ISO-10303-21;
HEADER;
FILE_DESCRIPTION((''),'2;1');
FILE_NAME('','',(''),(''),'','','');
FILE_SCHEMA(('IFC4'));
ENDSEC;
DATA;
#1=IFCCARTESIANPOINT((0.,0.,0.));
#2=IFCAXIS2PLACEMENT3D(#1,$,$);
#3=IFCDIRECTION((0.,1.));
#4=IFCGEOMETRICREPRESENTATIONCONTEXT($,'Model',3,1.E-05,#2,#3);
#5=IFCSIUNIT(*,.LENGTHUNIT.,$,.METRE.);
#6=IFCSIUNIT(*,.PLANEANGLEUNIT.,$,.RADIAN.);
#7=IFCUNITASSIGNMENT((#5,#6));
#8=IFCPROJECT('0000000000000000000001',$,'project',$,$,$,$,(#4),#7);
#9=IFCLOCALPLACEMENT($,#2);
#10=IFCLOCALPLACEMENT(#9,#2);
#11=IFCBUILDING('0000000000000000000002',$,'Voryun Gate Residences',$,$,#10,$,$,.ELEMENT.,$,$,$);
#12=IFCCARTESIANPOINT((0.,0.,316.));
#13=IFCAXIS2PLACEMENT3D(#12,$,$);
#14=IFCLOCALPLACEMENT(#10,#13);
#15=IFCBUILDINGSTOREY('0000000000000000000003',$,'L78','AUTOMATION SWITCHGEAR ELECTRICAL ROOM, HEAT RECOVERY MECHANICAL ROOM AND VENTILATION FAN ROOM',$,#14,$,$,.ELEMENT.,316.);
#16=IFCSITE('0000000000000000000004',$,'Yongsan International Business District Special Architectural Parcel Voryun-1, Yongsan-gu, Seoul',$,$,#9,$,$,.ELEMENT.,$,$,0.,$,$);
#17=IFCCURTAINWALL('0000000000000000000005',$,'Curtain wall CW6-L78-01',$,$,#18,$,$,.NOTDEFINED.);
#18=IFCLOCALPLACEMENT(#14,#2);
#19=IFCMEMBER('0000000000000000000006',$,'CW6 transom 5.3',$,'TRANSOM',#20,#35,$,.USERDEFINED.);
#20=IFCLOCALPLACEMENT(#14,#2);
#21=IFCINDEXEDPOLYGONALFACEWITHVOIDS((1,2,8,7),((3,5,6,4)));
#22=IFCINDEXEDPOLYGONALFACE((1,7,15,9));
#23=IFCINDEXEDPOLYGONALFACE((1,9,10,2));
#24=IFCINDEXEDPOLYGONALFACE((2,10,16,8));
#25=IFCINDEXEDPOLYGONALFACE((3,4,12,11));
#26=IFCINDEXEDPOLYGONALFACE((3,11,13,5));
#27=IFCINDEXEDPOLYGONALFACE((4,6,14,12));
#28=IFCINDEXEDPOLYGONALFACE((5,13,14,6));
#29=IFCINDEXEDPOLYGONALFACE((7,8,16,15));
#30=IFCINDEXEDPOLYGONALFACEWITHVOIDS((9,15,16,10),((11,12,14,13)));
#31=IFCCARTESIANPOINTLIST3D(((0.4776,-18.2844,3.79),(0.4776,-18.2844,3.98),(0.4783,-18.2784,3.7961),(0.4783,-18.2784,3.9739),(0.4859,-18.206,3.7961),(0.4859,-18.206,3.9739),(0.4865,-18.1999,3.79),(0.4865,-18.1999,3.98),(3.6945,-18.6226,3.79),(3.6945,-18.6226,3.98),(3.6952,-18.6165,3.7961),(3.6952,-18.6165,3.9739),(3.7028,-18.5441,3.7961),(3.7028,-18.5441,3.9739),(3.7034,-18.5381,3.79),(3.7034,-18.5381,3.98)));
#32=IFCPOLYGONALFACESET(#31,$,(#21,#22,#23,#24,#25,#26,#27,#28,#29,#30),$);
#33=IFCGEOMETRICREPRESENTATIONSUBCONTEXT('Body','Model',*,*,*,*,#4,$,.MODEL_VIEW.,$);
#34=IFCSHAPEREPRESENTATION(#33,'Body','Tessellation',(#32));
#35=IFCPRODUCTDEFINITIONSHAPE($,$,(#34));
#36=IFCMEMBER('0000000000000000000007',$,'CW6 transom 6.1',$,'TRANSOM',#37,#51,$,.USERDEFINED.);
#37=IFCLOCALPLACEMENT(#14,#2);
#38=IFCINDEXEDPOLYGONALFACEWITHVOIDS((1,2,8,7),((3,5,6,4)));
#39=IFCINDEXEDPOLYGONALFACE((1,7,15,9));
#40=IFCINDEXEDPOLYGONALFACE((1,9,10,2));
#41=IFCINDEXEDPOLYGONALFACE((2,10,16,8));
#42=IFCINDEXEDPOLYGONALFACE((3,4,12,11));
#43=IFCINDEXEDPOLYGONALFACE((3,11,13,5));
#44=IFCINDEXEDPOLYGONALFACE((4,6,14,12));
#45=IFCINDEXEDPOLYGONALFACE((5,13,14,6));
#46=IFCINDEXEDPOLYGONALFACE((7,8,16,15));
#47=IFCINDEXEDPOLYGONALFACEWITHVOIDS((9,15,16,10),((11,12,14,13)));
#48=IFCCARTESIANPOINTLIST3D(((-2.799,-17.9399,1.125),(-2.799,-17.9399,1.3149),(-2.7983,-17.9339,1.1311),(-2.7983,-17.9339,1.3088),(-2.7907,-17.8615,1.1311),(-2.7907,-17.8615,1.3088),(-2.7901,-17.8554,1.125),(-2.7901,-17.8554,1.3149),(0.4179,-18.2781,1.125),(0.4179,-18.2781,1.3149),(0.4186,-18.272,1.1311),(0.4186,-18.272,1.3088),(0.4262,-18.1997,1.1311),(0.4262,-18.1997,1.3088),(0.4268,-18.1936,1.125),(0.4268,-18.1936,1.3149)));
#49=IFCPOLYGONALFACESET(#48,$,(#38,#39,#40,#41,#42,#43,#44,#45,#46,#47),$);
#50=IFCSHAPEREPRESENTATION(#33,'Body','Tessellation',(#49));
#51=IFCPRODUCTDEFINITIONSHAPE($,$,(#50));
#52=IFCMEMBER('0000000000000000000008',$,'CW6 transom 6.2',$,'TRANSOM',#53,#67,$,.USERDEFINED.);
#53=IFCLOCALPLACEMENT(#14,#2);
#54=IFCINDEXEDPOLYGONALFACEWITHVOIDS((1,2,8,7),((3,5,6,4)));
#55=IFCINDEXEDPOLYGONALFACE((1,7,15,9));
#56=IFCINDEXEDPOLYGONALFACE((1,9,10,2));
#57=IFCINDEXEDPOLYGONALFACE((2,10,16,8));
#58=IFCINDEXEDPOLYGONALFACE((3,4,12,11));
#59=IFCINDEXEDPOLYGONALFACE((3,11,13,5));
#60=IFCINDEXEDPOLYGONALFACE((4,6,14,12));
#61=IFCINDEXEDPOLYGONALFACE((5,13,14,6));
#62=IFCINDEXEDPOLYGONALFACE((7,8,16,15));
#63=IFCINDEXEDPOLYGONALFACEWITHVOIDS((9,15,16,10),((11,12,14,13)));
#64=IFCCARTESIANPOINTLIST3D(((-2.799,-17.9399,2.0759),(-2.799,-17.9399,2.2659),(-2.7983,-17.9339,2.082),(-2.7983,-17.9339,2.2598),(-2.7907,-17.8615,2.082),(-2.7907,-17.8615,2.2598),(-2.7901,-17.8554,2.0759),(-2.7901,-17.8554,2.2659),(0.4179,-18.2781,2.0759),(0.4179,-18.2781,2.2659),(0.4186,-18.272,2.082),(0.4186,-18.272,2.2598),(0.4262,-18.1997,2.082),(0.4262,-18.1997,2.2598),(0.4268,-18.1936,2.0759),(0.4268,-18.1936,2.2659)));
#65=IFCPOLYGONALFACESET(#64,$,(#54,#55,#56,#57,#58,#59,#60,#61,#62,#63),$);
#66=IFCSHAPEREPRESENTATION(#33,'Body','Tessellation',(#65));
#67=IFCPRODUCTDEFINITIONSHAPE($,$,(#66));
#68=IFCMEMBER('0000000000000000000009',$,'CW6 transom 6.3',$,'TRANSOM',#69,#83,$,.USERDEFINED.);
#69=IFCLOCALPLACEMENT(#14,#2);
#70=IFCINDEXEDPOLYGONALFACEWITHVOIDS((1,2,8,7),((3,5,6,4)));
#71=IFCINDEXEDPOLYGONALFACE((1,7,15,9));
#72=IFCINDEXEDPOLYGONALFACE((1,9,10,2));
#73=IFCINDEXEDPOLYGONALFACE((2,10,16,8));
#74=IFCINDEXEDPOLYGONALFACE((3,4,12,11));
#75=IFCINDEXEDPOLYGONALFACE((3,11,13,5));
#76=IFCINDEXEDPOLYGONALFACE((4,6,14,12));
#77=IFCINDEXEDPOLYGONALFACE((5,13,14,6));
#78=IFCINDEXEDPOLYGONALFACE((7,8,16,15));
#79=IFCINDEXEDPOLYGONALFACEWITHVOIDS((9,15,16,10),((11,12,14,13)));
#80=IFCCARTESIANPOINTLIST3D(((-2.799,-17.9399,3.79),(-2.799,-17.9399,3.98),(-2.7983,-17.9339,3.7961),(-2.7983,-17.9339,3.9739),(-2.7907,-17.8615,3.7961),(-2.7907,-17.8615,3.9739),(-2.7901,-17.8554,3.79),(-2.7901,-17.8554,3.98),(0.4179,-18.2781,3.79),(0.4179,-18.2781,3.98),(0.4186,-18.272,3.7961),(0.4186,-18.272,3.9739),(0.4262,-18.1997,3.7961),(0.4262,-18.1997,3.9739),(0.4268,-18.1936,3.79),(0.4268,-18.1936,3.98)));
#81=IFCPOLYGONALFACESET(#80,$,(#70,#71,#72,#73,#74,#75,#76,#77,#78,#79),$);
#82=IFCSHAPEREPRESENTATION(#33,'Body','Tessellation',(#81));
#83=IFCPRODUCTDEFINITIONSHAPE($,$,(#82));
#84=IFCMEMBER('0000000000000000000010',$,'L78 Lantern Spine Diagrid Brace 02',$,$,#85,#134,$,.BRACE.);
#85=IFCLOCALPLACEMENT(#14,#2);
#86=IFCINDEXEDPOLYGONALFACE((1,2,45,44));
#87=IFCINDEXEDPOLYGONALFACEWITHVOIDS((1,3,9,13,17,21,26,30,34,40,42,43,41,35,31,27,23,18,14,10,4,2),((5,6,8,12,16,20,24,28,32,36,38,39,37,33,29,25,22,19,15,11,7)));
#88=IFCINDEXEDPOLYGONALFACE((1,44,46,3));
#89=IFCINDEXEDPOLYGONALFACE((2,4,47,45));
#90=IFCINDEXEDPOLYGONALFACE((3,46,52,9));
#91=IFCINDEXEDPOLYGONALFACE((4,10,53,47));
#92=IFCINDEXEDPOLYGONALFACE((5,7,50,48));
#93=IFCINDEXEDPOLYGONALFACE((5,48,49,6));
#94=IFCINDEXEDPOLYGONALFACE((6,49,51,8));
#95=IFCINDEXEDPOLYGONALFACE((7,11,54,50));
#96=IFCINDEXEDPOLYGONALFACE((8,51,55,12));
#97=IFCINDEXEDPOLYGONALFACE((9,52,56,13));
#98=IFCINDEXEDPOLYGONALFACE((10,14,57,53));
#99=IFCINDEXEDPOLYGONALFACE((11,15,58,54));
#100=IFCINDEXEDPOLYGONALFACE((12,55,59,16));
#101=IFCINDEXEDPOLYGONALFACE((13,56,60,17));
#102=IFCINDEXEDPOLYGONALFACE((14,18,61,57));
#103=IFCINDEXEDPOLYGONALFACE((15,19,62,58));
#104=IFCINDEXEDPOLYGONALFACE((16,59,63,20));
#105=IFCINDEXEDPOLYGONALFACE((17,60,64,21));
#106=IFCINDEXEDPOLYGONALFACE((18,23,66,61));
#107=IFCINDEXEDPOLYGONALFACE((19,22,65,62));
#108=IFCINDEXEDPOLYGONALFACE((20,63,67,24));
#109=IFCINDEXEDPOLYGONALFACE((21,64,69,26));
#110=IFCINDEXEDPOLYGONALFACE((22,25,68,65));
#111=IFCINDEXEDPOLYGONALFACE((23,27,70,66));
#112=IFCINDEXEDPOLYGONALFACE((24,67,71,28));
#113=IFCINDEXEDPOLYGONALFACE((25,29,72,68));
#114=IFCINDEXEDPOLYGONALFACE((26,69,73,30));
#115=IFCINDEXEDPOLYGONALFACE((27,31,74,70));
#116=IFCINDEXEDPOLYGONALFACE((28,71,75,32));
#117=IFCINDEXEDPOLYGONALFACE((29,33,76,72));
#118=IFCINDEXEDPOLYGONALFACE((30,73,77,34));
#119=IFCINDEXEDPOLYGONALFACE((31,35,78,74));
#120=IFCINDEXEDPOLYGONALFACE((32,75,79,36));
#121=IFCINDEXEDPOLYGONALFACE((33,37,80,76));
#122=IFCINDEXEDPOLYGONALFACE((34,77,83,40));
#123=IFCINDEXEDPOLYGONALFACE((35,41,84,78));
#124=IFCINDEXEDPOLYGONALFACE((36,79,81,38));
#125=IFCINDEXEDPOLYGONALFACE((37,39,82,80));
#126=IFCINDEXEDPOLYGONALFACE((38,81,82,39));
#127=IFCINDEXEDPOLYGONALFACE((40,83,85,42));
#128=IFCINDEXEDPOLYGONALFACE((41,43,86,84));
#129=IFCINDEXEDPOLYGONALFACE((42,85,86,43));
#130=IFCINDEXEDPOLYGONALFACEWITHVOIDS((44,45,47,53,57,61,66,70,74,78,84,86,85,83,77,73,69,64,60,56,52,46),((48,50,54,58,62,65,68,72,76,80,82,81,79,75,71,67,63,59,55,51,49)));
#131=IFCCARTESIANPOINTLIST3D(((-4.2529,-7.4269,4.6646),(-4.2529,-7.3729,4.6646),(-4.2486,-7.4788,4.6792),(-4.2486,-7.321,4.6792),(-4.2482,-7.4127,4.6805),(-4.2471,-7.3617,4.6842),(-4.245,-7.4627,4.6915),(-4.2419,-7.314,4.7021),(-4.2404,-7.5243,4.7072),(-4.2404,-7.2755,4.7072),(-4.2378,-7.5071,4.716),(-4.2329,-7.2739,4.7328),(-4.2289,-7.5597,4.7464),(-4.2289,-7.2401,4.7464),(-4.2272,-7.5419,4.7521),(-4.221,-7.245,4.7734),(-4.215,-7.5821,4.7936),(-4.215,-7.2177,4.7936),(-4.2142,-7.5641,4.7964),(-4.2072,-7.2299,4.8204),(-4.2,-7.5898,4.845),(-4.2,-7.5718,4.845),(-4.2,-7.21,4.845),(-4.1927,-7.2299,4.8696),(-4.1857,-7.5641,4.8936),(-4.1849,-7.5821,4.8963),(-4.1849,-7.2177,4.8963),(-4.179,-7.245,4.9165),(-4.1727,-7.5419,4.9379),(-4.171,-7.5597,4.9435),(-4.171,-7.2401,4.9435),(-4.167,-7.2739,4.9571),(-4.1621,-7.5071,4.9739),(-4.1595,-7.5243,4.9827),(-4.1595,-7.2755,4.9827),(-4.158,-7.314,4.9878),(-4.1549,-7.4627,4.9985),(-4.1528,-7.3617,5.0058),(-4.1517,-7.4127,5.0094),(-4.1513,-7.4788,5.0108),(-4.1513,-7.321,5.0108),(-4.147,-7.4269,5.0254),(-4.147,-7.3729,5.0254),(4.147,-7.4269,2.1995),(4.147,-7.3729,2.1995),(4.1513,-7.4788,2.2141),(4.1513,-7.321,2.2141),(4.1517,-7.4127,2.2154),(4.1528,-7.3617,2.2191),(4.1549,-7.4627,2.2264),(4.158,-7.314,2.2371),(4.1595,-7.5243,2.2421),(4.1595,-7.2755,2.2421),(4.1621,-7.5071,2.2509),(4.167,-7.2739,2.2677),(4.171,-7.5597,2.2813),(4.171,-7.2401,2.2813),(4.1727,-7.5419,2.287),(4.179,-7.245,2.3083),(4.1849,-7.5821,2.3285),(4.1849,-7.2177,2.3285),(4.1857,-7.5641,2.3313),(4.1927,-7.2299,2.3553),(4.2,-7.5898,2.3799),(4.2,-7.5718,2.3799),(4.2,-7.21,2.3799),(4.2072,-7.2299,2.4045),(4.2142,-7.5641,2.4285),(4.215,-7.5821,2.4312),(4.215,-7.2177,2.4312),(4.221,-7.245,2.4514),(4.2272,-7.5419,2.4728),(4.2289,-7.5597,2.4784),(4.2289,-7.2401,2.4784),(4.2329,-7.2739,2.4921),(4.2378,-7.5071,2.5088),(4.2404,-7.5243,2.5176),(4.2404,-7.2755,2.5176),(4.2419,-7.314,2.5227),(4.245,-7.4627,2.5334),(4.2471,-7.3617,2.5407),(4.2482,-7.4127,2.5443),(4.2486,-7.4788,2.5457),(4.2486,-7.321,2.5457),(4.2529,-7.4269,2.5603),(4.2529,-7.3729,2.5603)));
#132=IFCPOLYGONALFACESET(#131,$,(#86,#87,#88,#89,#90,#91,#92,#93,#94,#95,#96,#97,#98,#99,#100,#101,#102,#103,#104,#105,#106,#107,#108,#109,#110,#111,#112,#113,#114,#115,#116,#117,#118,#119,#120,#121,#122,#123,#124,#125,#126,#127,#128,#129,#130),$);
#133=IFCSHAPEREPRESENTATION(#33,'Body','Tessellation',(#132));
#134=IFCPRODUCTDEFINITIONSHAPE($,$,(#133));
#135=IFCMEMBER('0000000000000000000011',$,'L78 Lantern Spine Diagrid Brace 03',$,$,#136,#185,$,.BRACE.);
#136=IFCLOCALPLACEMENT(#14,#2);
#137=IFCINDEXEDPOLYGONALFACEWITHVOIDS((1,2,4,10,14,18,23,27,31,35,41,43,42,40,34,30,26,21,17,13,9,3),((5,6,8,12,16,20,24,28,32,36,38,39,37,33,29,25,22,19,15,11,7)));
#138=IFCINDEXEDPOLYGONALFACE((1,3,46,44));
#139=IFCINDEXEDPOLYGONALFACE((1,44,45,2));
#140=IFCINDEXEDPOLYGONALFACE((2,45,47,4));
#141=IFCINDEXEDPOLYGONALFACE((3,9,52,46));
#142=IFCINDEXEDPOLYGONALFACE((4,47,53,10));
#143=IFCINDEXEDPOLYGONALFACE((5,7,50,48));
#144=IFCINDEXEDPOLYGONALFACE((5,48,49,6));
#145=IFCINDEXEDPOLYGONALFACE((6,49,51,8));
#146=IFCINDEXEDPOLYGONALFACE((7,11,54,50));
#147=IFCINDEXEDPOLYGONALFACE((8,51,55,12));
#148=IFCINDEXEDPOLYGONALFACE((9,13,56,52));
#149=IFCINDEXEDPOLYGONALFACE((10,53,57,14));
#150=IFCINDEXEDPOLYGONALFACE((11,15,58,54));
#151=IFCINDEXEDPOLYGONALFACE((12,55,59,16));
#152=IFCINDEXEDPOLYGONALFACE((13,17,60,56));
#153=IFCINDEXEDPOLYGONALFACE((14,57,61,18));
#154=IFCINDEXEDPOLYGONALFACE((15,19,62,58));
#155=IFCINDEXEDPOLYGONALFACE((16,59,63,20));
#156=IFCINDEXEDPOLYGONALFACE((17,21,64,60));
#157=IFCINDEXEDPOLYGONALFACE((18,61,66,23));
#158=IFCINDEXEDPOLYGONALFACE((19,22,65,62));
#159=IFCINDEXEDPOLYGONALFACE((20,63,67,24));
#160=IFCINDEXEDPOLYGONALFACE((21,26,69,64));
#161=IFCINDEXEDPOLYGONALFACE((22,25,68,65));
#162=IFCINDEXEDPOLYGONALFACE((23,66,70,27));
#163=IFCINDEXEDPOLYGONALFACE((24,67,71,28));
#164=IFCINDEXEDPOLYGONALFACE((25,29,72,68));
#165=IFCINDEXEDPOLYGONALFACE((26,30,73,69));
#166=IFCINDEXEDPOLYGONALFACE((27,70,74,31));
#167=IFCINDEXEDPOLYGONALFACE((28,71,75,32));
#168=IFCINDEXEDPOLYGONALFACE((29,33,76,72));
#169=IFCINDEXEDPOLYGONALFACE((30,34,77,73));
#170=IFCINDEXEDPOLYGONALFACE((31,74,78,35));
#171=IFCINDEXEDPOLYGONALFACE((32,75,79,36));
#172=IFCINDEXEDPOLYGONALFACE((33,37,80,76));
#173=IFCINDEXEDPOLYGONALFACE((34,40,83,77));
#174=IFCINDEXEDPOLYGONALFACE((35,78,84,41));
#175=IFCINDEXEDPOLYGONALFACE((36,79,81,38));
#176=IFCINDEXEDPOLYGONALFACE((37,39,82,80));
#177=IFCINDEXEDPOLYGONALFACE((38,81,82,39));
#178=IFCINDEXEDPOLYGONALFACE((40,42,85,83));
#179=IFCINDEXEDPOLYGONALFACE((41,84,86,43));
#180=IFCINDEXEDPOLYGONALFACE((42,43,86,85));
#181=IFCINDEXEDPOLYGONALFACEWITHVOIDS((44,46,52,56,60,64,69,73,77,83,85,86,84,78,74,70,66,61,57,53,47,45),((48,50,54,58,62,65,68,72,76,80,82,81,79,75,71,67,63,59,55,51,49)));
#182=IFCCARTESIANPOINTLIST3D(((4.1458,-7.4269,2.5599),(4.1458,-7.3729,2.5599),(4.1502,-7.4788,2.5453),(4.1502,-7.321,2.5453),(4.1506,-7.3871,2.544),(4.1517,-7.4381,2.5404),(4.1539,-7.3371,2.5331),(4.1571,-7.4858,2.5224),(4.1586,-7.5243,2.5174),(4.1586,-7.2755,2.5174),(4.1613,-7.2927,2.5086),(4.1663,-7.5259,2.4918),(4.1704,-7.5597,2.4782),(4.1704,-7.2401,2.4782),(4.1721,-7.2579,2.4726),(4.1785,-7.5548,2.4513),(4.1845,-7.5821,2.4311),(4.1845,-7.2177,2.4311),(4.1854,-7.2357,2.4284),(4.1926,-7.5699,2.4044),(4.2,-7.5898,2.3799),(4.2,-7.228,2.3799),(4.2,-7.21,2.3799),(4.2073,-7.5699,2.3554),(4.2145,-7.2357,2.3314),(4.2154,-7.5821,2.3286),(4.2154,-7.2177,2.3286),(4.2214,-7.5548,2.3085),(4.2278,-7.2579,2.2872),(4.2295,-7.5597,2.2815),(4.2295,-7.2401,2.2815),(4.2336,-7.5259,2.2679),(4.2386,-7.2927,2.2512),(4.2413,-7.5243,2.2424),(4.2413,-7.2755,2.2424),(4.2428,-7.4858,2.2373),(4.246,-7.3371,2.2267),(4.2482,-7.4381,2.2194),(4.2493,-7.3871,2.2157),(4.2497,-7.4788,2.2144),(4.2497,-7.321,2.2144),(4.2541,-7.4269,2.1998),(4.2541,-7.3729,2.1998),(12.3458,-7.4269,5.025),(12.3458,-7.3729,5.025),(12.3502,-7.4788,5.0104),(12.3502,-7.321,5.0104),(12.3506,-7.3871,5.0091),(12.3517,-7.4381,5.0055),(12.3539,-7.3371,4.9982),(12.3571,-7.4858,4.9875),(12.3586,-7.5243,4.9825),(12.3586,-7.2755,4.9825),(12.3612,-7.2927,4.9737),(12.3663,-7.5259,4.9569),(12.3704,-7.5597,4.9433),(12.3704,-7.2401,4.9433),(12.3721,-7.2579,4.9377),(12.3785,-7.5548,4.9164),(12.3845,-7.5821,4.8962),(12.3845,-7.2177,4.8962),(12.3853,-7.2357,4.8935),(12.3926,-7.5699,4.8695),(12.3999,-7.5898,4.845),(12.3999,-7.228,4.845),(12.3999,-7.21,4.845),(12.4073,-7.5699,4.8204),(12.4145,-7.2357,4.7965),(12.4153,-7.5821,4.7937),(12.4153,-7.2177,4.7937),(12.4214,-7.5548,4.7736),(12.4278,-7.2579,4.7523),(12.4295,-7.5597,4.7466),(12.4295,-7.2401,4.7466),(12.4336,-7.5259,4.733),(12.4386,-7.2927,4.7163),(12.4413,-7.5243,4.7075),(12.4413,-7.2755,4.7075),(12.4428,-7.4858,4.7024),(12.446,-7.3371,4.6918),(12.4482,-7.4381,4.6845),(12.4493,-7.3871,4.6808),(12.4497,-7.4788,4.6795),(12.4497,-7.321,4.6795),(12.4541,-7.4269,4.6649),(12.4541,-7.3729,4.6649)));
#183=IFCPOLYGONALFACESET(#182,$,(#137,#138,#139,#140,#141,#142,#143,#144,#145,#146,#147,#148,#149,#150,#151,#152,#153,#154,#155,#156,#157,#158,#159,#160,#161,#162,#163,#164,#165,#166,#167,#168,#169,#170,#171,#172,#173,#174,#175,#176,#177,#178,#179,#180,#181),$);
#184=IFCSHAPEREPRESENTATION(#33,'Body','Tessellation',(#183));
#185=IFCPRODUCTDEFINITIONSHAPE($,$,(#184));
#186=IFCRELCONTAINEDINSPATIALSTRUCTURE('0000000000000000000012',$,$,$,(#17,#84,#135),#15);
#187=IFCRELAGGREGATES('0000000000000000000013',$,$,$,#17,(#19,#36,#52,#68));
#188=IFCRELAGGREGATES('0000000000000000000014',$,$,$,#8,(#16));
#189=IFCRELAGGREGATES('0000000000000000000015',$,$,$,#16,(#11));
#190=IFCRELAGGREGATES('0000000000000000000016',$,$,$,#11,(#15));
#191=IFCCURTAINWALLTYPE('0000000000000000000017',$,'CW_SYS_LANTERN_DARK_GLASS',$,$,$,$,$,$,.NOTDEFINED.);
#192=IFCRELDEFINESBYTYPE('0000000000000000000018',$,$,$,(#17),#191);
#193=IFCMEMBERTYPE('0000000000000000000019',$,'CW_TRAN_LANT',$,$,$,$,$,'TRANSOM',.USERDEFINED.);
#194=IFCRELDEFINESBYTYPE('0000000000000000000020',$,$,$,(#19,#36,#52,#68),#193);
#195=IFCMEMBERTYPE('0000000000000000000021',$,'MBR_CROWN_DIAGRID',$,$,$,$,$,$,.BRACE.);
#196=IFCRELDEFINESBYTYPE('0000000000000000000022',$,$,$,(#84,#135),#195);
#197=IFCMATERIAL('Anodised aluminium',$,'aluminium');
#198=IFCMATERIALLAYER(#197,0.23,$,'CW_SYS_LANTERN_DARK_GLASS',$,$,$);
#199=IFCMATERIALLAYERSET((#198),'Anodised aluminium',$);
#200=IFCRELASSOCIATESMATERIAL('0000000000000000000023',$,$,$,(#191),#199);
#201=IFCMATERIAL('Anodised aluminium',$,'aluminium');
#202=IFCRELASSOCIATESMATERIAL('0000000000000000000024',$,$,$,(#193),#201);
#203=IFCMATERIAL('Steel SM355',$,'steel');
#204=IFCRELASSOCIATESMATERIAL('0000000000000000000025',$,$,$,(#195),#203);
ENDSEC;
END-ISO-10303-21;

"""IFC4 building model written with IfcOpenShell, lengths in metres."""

from ifc_helpers import new_model, si_unit, direction, frame, origin, origin_2d, place, context, subcontext, project, spatial, hollow_rectangle, hollow_circle, extrude, material, layer, layer_set, material_profile, profile_set, type_object, element, aggregate, save


model = new_model("IFC4")

# Units and contexts
model_context = context("Model", 3, precision=1e-05, world=origin(), true_north=direction((0.0, 1.0)))
body_context = subcontext(model_context, "Body", "Model", "MODEL_VIEW")
ifc_project = project(units=[si_unit("LENGTHUNIT", "METRE"), si_unit("PLANEANGLEUNIT", "RADIAN")], contexts=[model_context])

# Site, building, storey
site_placement = place(None, origin())
site = spatial("IfcSite", under=ifc_project, at=site_placement, Name="Yongsan International Business District Special Architectural Parcel Voryun-1, Yongsan-gu, Seoul", CompositionType="ELEMENT", RefElevation=0.0)
building_placement = place(site_placement, origin())
building = spatial("IfcBuilding", under=site, at=building_placement, Name="Voryun Gate Residences", CompositionType="ELEMENT")
storey_placement = place(building_placement, frame((0.0, 0.0, 316.0)))
storey = spatial("IfcBuildingStorey", under=building, at=storey_placement, Name="L78", Description="AUTOMATION SWITCHGEAR ELECTRICAL ROOM, HEAT RECOVERY MECHANICAL ROOM AND VENTILATION FAN ROOM", CompositionType="ELEMENT", Elevation=316.0)

# Curtain wall, members
ifc_material_1 = material(Name="Anodised aluminium", Category="aluminium")
ifc_layer_1 = layer(ifc_material_1, 0.23, Name="CW_SYS_LANTERN_DARK_GLASS")
ifc_layer_set_1 = layer_set([ifc_layer_1], Name="Anodised aluminium")
curtain_wall_type = type_object("IfcCurtainWallType", Name="CW_SYS_LANTERN_DARK_GLASS", PredefinedType="NOTDEFINED", material=ifc_layer_set_1)
curtain_wall_placement = place(storey_placement, origin())
curtain_wall = element("IfcCurtainWall", 1, at=curtain_wall_placement, inside=storey, type_object=curtain_wall_type, Name="Curtain wall CW6-L78-01", PredefinedType="NOTDEFINED")
ifc_material_2 = material(Name="Anodised aluminium", Category="aluminium")
ifc_material_profile_1 = material_profile(ifc_material_2, hollow_rectangle(XDim=0.085, YDim=0.1899, WallThickness=0.0061, at=origin_2d()), Name="ALU-TRAN-190x85x6")
ifc_profile_set_1 = profile_set([ifc_material_profile_1], Name="Anodised aluminium")
member_type_1 = type_object("IfcMemberType", Name="CW_TRAN_LANT", ElementType="TRANSOM", PredefinedType="USERDEFINED", material=ifc_profile_set_1)
member_1_placement = place(storey_placement, frame((3.699, -18.5803, 3.885), z_axis=(-0.994521, 0.104539, 0.0), x_axis=(-0.104539, -0.994521, 0.0)))
member_1 = element("IfcMember", 2, at=member_1_placement, type_object=member_type_1, Name="CW6 transom 5.3", ObjectType="TRANSOM", PredefinedType="USERDEFINED", context=body_context, shape_type="SweptSolid", body=[
    extrude(hollow_rectangle(XDim=0.085, YDim=0.1899, WallThickness=0.0061, at=origin_2d()), origin(), (0.0, 0.0, 1.0), 3.2346),
])
member_2_placement = place(storey_placement, frame((0.4224, -18.2358, 1.22), z_axis=(-0.994521, 0.104539, 0.0), x_axis=(-0.104539, -0.994521, 0.0)))
member_2 = element("IfcMember", 3, at=member_2_placement, type_object=member_type_1, Name="CW6 transom 6.1", ObjectType="TRANSOM", PredefinedType="USERDEFINED", context=body_context, shape_type="SweptSolid", body=[
    extrude(hollow_rectangle(XDim=0.085, YDim=0.1899, WallThickness=0.0061, at=origin_2d()), origin(), (0.0, 0.0, 1.0), 3.2346),
])
member_3_placement = place(storey_placement, frame((0.4224, -18.2358, 2.1709), z_axis=(-0.994521, 0.104539, 0.0), x_axis=(-0.104539, -0.994521, 0.0)))
member_3 = element("IfcMember", 4, at=member_3_placement, type_object=member_type_1, Name="CW6 transom 6.2", ObjectType="TRANSOM", PredefinedType="USERDEFINED", context=body_context, shape_type="SweptSolid", body=[
    extrude(hollow_rectangle(XDim=0.085, YDim=0.1899, WallThickness=0.0061, at=origin_2d()), origin(), (0.0, 0.0, 1.0), 3.2346),
])
member_4_placement = place(storey_placement, frame((0.4224, -18.2358, 3.885), z_axis=(-0.994521, 0.104539, 0.0), x_axis=(-0.104539, -0.994521, 0.0)))
member_4 = element("IfcMember", 5, at=member_4_placement, type_object=member_type_1, Name="CW6 transom 6.3", ObjectType="TRANSOM", PredefinedType="USERDEFINED", context=body_context, shape_type="SweptSolid", body=[
    extrude(hollow_rectangle(XDim=0.085, YDim=0.1899, WallThickness=0.0061, at=origin_2d()), origin(), (0.0, 0.0, 1.0), 3.2346),
])

# Members
ifc_material_3 = material(Name="Steel SM355", Category="steel")
ifc_material_profile_2 = material_profile(ifc_material_3, hollow_circle(Radius=0.1899, WallThickness=0.0181, at=origin_2d()), Name="CHS-380x18")
ifc_profile_set_2 = profile_set([ifc_material_profile_2], Name="Steel SM355")
member_type_2 = type_object("IfcMemberType", Name="MBR_CROWN_DIAGRID", PredefinedType="BRACE", material=ifc_profile_set_2)
member_5_placement = place(storey_placement, frame((4.2, -7.3999, 2.3799), z_axis=(-0.959535, 0.0, 0.281591), x_axis=(0.0, -1.0, 0.0)))
element("IfcMember", 6, at=member_5_placement, inside=storey, type_object=member_type_2, Name="L78 Lantern Spine Diagrid Brace 02", PredefinedType="BRACE", context=body_context, shape_type="SweptSolid", body=[
    extrude(hollow_circle(Radius=0.1899, WallThickness=0.0181, at=origin_2d()), origin(), (0.0, 0.0, 1.0), 8.7542),
])
member_6_placement = place(storey_placement, frame((4.2, -7.3999, 2.3799), z_axis=(0.957662, 0.0, 0.287895), x_axis=(0.0, 1.0, 0.0)))
element("IfcMember", 7, at=member_6_placement, inside=storey, type_object=member_type_2, Name="L78 Lantern Spine Diagrid Brace 03", PredefinedType="BRACE", context=body_context, shape_type="SweptSolid", body=[
    extrude(hollow_circle(Radius=0.1899, WallThickness=0.0181, at=origin_2d()), origin(), (0.0, 0.0, 1.0), 8.5625),
])

aggregate(curtain_wall, [member_1, member_2, member_3, member_4])

save(model, "model.ifc")
